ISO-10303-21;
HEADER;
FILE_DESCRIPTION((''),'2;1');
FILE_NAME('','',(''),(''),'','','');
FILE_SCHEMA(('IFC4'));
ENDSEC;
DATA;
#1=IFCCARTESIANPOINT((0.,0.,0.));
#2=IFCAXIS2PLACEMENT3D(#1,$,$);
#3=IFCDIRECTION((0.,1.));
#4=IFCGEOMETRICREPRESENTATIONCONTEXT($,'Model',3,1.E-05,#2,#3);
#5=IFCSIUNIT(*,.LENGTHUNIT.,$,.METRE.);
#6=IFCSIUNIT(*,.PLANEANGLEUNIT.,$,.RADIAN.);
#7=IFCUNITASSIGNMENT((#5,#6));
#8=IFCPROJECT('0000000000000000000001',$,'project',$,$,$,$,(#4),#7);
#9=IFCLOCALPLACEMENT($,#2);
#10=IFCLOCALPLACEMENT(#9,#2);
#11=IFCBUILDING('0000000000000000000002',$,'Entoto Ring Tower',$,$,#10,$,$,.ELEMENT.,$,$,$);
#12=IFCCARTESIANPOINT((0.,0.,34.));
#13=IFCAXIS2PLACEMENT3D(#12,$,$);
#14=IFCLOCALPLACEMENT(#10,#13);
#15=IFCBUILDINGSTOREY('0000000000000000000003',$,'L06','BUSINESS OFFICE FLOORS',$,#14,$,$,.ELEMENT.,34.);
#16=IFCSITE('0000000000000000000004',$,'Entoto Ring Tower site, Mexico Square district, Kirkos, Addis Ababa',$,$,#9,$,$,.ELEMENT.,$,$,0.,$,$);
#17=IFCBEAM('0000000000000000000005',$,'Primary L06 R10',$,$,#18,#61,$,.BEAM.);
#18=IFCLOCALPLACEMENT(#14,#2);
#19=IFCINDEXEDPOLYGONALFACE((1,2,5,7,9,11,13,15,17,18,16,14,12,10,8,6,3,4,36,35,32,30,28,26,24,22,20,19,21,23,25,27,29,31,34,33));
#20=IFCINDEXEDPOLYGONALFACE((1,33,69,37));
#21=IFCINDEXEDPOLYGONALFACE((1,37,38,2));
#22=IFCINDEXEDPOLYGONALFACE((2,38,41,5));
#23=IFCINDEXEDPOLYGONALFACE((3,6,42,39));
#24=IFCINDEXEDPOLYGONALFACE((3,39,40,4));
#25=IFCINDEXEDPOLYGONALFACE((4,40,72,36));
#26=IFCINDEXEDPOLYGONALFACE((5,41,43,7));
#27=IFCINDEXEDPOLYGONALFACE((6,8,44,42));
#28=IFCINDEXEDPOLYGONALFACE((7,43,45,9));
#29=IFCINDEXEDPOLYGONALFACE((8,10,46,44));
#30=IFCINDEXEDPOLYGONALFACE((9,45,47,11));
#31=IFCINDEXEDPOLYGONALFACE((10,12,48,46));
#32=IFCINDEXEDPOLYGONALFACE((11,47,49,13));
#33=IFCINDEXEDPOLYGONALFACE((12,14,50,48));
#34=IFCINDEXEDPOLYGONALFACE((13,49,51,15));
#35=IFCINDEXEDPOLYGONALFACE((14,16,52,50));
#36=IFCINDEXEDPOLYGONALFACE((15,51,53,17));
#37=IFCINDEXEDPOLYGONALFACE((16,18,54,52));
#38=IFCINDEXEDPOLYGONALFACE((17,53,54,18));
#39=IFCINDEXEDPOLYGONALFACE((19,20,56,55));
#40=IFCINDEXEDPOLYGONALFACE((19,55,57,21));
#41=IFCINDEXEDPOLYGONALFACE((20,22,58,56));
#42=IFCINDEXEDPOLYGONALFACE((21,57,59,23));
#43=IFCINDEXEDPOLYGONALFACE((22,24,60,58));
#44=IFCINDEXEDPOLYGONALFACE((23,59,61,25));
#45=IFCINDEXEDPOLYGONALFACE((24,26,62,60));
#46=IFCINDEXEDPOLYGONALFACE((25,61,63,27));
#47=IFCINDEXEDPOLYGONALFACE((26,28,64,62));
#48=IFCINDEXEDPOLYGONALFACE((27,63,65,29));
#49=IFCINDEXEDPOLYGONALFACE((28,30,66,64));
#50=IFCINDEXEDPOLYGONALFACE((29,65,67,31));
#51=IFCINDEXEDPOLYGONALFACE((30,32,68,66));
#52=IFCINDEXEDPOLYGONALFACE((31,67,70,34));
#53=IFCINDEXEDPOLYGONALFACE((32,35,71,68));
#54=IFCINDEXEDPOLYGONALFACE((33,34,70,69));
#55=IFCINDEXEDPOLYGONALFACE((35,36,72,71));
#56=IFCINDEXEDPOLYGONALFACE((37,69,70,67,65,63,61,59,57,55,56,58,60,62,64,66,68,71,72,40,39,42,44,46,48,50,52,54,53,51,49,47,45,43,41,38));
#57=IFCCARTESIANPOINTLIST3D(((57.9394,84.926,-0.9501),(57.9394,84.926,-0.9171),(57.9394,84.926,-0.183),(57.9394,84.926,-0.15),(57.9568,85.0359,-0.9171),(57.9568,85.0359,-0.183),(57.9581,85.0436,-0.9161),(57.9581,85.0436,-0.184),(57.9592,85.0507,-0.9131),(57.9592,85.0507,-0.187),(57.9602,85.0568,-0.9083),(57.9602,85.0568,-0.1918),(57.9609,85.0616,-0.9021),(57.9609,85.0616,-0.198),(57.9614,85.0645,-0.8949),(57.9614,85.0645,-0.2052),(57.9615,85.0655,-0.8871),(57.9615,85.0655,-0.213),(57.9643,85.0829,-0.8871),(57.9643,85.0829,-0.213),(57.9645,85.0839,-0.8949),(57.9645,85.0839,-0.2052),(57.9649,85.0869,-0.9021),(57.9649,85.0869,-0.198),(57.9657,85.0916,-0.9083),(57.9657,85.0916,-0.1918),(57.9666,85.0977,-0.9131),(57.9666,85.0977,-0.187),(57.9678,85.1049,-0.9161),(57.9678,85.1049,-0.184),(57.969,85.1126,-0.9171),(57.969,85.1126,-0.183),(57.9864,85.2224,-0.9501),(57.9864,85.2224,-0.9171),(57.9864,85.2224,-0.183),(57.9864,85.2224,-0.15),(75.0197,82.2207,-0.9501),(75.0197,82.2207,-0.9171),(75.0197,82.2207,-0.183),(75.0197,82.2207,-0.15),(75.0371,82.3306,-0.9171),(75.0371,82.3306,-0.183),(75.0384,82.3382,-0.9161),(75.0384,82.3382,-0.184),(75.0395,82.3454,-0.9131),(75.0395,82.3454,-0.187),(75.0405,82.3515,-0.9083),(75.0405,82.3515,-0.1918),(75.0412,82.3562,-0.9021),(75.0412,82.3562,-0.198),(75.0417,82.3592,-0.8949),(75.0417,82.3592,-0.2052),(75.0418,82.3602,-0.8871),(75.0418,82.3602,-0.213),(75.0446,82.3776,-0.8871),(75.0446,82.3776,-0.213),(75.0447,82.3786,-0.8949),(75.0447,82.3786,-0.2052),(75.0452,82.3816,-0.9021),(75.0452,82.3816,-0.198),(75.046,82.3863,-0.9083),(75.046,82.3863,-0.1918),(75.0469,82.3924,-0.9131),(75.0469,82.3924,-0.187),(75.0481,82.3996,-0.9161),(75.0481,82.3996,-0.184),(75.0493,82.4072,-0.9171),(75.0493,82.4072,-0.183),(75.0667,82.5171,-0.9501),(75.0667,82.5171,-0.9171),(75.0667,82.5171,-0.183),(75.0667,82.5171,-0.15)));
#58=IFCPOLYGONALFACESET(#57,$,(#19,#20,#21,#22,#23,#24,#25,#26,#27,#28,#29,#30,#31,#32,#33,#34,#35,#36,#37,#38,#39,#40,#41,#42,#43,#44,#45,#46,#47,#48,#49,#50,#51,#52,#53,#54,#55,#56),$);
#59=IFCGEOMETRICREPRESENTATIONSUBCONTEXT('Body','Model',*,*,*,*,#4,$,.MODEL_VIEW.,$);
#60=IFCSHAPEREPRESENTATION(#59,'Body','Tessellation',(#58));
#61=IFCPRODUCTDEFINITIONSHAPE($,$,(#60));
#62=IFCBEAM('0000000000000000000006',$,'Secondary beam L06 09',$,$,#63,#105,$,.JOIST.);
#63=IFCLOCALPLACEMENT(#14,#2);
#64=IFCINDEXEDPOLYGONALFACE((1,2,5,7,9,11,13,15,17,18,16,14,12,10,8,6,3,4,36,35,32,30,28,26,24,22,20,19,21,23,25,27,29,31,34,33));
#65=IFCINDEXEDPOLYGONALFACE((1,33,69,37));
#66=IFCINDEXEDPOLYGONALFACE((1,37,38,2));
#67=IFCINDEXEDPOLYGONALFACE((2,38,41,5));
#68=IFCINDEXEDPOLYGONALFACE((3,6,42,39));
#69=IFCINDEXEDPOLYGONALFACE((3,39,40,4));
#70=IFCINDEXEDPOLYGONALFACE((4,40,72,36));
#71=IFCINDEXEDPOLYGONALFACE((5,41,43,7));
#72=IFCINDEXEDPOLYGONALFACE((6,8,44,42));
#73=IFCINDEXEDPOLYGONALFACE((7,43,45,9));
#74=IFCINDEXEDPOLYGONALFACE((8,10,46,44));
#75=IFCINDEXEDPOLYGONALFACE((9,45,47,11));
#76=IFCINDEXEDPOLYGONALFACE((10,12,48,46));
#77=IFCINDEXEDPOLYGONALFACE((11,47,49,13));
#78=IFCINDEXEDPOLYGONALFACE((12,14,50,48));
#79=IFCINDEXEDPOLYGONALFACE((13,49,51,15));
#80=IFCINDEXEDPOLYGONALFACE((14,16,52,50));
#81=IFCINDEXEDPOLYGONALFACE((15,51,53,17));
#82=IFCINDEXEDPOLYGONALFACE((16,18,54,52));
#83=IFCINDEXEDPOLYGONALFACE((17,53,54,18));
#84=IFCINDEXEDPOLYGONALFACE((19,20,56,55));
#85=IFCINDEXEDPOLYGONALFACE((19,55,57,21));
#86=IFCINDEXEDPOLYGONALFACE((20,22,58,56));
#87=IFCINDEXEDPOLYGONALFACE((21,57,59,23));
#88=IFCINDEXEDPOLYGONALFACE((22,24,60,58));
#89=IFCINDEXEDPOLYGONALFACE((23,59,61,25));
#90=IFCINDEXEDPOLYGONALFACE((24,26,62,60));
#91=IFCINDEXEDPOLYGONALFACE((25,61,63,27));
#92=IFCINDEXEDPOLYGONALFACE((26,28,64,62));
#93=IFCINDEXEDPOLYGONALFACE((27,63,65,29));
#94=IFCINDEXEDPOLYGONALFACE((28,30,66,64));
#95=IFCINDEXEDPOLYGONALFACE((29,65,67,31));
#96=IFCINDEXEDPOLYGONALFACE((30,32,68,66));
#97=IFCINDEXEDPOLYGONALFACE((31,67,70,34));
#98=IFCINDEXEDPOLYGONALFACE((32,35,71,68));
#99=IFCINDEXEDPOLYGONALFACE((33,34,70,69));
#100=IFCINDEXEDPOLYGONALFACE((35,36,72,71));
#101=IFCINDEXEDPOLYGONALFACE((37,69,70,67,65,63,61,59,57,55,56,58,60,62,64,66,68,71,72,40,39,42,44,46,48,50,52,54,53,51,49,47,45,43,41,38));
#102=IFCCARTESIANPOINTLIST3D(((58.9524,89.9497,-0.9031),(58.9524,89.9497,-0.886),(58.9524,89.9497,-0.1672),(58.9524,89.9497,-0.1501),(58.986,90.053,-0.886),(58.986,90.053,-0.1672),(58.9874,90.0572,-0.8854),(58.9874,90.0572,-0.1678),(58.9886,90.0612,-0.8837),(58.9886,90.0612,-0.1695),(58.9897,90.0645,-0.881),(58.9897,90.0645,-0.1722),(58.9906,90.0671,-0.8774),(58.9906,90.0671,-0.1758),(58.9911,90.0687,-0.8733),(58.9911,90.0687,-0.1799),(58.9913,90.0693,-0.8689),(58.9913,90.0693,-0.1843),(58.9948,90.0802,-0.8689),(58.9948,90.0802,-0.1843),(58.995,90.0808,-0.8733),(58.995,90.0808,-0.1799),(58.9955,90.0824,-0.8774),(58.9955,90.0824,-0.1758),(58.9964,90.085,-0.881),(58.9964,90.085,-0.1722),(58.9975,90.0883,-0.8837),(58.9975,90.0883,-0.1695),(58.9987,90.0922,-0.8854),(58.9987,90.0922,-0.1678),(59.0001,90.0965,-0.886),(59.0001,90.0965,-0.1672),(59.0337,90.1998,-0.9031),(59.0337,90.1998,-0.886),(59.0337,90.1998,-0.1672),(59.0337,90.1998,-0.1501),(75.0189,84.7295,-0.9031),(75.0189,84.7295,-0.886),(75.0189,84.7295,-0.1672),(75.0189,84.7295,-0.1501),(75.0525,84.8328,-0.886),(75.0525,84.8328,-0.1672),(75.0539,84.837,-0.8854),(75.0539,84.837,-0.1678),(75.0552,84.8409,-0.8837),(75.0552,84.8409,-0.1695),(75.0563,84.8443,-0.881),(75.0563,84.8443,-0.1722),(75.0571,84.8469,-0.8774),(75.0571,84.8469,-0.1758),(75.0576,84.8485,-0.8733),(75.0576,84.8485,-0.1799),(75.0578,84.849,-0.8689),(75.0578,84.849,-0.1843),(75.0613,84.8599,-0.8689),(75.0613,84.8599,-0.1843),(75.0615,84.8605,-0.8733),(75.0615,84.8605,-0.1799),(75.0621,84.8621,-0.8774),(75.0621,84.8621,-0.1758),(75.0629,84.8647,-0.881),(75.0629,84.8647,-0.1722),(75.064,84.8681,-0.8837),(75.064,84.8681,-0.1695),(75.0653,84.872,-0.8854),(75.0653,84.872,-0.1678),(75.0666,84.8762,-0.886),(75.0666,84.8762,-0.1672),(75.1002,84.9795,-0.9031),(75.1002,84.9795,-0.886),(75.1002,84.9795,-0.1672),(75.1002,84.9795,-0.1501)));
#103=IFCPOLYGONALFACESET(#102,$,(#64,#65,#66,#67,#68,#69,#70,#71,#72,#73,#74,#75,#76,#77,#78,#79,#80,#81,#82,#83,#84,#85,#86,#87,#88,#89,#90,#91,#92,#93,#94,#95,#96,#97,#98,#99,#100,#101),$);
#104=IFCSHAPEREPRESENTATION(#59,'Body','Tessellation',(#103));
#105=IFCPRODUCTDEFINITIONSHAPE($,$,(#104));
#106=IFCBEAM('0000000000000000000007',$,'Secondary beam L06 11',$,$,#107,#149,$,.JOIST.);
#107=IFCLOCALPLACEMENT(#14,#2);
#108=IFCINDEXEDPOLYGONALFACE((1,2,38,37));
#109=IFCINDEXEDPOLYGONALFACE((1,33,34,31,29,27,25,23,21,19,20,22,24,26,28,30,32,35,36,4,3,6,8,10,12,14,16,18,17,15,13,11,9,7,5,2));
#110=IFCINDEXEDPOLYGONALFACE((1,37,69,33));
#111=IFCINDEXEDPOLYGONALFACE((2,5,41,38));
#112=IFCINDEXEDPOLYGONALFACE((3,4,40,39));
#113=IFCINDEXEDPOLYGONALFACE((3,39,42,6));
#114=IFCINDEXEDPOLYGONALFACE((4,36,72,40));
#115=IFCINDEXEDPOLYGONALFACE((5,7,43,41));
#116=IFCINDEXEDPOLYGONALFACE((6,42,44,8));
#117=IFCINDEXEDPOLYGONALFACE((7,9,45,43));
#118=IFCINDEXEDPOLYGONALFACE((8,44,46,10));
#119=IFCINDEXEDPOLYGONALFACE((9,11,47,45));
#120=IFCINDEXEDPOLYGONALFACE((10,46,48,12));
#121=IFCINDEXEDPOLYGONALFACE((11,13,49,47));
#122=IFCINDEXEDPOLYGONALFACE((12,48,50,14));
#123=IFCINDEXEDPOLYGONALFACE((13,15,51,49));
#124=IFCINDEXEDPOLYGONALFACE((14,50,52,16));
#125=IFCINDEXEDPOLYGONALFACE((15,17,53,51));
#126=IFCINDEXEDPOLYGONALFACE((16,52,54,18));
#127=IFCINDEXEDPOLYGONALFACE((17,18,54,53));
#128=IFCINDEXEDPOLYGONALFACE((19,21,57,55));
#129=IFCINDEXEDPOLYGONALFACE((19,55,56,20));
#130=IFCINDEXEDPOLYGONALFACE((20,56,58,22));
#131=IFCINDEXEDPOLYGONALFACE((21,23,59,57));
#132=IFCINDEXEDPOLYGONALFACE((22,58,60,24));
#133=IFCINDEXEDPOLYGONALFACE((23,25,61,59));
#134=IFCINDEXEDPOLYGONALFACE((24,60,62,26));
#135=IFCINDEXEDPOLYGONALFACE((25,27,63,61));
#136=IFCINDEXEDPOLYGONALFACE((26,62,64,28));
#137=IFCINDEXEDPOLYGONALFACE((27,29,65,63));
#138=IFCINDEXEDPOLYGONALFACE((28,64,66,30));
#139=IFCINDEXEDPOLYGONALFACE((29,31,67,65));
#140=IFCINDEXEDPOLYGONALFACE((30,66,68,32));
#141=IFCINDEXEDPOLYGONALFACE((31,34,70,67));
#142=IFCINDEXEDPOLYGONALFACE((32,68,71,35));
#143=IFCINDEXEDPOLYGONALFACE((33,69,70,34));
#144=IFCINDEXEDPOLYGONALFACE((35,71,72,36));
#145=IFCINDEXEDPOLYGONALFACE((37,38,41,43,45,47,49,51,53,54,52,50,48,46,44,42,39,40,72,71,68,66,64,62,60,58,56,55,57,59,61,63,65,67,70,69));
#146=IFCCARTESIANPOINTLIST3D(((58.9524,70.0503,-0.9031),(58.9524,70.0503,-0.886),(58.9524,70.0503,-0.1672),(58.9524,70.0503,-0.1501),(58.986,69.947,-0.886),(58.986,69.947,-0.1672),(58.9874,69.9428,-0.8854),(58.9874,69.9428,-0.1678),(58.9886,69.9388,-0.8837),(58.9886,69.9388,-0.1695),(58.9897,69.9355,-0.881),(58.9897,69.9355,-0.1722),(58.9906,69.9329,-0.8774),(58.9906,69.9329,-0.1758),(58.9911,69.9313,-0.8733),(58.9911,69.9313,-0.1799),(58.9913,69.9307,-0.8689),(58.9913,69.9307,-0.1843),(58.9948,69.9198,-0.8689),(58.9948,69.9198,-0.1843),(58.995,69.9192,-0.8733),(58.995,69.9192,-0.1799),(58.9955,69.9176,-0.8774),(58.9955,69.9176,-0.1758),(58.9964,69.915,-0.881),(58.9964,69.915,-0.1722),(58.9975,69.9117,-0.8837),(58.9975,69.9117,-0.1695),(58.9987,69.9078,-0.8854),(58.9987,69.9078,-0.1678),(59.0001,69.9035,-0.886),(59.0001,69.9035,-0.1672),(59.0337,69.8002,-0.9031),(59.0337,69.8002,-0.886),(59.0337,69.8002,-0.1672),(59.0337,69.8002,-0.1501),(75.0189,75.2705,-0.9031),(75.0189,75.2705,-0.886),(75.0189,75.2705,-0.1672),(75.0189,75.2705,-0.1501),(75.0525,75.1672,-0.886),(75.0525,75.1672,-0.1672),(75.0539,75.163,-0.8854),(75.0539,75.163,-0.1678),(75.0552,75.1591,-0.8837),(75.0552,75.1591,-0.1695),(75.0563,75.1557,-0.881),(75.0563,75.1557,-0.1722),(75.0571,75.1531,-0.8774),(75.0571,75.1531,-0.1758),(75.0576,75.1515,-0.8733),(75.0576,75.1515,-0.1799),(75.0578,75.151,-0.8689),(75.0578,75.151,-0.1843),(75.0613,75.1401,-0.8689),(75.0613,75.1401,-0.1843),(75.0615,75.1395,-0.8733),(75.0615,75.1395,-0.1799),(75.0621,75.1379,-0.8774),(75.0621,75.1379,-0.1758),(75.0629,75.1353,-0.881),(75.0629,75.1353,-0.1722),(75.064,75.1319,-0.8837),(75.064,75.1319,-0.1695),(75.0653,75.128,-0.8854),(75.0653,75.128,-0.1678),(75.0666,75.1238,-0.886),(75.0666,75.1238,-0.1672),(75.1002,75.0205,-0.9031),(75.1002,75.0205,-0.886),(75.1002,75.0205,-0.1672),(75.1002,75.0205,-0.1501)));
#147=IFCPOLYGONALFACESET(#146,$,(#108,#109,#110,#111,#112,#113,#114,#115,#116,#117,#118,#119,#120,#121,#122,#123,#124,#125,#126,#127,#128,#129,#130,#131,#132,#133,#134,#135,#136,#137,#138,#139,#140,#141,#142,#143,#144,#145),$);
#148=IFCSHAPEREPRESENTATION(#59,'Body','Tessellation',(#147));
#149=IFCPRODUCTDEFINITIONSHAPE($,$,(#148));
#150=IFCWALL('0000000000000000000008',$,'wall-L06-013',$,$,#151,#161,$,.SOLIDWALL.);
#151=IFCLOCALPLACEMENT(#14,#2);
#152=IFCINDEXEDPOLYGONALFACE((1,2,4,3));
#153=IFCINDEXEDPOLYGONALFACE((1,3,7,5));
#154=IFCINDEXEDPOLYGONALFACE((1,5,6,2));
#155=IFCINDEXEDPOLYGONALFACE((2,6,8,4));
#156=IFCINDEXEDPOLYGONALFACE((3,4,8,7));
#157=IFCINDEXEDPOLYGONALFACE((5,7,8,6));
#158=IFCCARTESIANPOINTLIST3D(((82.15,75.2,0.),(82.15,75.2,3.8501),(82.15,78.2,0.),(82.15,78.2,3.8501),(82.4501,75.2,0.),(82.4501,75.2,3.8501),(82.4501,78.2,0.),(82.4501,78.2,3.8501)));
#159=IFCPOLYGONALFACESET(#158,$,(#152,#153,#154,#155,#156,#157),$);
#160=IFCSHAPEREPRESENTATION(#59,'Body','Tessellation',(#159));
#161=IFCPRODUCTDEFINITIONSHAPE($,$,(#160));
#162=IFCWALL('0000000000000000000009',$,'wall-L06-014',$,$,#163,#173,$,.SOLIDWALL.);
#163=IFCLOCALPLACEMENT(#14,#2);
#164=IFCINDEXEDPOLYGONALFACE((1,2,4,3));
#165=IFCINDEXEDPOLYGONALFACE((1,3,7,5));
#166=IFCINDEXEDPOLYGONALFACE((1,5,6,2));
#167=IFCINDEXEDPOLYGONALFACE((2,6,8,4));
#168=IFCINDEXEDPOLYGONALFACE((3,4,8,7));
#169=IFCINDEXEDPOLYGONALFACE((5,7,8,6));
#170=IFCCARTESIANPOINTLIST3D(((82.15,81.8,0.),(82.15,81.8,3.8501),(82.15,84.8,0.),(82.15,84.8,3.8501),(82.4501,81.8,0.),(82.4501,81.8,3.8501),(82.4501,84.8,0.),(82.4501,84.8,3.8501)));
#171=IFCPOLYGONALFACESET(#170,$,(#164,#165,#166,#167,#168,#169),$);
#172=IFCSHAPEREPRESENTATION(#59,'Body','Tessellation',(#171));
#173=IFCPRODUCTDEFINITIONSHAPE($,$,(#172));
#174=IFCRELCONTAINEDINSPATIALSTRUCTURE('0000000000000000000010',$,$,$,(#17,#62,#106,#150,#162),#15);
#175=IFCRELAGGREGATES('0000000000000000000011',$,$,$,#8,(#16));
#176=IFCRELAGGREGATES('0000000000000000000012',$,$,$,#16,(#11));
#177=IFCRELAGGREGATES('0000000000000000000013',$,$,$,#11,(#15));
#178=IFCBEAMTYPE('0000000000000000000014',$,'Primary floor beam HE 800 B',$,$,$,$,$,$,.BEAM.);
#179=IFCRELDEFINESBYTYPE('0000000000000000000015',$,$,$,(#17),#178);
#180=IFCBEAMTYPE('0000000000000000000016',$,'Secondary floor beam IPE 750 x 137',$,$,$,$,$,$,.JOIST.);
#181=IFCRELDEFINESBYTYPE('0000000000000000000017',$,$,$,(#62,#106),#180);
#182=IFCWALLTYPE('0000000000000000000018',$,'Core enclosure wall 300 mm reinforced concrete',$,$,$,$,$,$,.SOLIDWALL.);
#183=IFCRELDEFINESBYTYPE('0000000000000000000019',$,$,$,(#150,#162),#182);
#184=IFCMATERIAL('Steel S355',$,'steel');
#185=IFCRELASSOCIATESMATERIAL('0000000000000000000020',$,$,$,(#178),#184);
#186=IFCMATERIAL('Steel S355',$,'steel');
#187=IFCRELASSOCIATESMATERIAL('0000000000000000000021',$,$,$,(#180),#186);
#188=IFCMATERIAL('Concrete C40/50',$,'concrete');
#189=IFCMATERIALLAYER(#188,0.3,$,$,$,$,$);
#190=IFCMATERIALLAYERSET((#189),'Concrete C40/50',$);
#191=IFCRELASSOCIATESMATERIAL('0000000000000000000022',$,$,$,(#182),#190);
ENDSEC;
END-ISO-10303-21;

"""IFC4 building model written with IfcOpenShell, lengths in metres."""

from ifc_helpers import new_model, si_unit, direction, frame, frame_2d, origin, origin_2d, place, context, subcontext, project, spatial, rectangle, i_section, extrude, material, layer, layer_set, material_profile, profile_set, type_object, element, save


model = new_model("IFC4")

# Units and contexts
model_context = context("Model", 3, precision=1e-05, world=origin(), true_north=direction((0.0, 1.0)))
body_context = subcontext(model_context, "Body", "Model", "MODEL_VIEW")
ifc_project = project(units=[si_unit("LENGTHUNIT", "METRE"), si_unit("PLANEANGLEUNIT", "RADIAN")], contexts=[model_context])

# Site, building, storey
site_placement = place(None, origin())
site = spatial("IfcSite", under=ifc_project, at=site_placement, Name="Entoto Ring Tower site, Mexico Square district, Kirkos, Addis Ababa", CompositionType="ELEMENT", RefElevation=0.0)
building_placement = place(site_placement, origin())
building = spatial("IfcBuilding", under=site, at=building_placement, Name="Entoto Ring Tower", CompositionType="ELEMENT")
storey_placement = place(building_placement, frame((0.0, 0.0, 34.0)))
storey = spatial("IfcBuildingStorey", under=building, at=storey_placement, Name="L06", Description="BUSINESS OFFICE FLOORS", CompositionType="ELEMENT", Elevation=34.0)

# Beams
ifc_material_1 = material(Name="Steel S355", Category="steel")
ifc_material_profile_1 = material_profile(ifc_material_1, i_section(OverallWidth=0.3, OverallDepth=0.8, WebThickness=0.0176, FlangeThickness=0.033, FilletRadius=0.03, at=origin_2d()), Name="HE 800 B")
ifc_profile_set_1 = profile_set([ifc_material_profile_1], Name="Steel S355")
beam_type_1 = type_object("IfcBeamType", Name="Primary floor beam HE 800 B", PredefinedType="BEAM", material=ifc_profile_set_1)
beam_placement = place(storey_placement, frame((75.0432, 82.3689, -0.55), z_axis=(-0.987688, 0.156438, 0.0), x_axis=(-0.156438, -0.987688, 0.0)))
element("IfcBeam", 1, at=beam_placement, inside=storey, type_object=beam_type_1, Name="Primary L06 R10", PredefinedType="BEAM", context=body_context, shape_type="SweptSolid", body=[
    extrude(i_section(OverallWidth=0.3, OverallDepth=0.8, WebThickness=0.0176, FlangeThickness=0.033, FilletRadius=0.03, at=origin_2d()), origin(), (0.0, 0.0, 1.0), 17.2932),
])
ifc_material_2 = material(Name="Steel S355", Category="steel")
ifc_material_profile_2 = material_profile(ifc_material_2, i_section(OverallWidth=0.2629, OverallDepth=0.7529, WebThickness=0.0115, FlangeThickness=0.0171, FilletRadius=0.0171, at=origin_2d()), Name="IPE 750 x 137")
ifc_profile_set_2 = profile_set([ifc_material_profile_2], Name="Steel S355")
beam_type_2 = type_object("IfcBeamType", Name="Secondary floor beam IPE 750 x 137", PredefinedType="JOIST", material=ifc_profile_set_2)
for number, where, z_axis, x_axis, name in (
    (2, (75.0596, 84.8545, -0.5266), (-0.951058, 0.309013, 0.0), (-0.309013, -0.951058, 0.0), "Secondary beam L06 09"),
    (3, (75.0596, 75.1455, -0.5266), (-0.951058, -0.309013, 0.0), (0.309013, -0.951058, 0.0), "Secondary beam L06 11"),
):
    element("IfcBeam", number, at=place(storey_placement, frame(where, z_axis=z_axis, x_axis=x_axis)), inside=storey, type_object=beam_type_2, Name=name, PredefinedType="JOIST", context=body_context, shape_type="SweptSolid", body=[
        extrude(i_section(OverallWidth=0.2629, OverallDepth=0.7529, WebThickness=0.0115, FlangeThickness=0.0171, FilletRadius=0.0171, at=origin_2d()), origin(), (0.0, 0.0, 1.0), 16.8933),
    ])

# Walls
ifc_material_3 = material(Name="Concrete C40/50", Category="concrete")
ifc_layer_1 = layer(ifc_material_3, 0.3)
ifc_layer_set_1 = layer_set([ifc_layer_1], Name="Concrete C40/50")
wall_type_1 = type_object("IfcWallType", Name="Core enclosure wall 300 mm reinforced concrete", PredefinedType="SOLIDWALL", material=ifc_layer_set_1)
for number, where, z_axis, x_axis, name in (
    (4, (82.3, 75.2, 0.0), (0.0, 0.0, 1.0), (0.0, 1.0, 0.0), "wall-L06-013"),
    (5, (82.3, 81.8, 0.0), (0.0, 0.0, 1.0), (0.0, 1.0, 0.0), "wall-L06-014"),
):
    element("IfcWall", number, at=place(storey_placement, frame(where, z_axis=z_axis, x_axis=x_axis)), inside=storey, type_object=wall_type_1, Name=name, PredefinedType="SOLIDWALL", context=body_context, shape_type="SweptSolid", body=[
        extrude(rectangle(XDim=3.0, YDim=0.3, at=frame_2d((1.5, 0.0))), origin(), (0.0, 0.0, 1.0), 3.8501),
    ])

save(model, "model.ifc")
